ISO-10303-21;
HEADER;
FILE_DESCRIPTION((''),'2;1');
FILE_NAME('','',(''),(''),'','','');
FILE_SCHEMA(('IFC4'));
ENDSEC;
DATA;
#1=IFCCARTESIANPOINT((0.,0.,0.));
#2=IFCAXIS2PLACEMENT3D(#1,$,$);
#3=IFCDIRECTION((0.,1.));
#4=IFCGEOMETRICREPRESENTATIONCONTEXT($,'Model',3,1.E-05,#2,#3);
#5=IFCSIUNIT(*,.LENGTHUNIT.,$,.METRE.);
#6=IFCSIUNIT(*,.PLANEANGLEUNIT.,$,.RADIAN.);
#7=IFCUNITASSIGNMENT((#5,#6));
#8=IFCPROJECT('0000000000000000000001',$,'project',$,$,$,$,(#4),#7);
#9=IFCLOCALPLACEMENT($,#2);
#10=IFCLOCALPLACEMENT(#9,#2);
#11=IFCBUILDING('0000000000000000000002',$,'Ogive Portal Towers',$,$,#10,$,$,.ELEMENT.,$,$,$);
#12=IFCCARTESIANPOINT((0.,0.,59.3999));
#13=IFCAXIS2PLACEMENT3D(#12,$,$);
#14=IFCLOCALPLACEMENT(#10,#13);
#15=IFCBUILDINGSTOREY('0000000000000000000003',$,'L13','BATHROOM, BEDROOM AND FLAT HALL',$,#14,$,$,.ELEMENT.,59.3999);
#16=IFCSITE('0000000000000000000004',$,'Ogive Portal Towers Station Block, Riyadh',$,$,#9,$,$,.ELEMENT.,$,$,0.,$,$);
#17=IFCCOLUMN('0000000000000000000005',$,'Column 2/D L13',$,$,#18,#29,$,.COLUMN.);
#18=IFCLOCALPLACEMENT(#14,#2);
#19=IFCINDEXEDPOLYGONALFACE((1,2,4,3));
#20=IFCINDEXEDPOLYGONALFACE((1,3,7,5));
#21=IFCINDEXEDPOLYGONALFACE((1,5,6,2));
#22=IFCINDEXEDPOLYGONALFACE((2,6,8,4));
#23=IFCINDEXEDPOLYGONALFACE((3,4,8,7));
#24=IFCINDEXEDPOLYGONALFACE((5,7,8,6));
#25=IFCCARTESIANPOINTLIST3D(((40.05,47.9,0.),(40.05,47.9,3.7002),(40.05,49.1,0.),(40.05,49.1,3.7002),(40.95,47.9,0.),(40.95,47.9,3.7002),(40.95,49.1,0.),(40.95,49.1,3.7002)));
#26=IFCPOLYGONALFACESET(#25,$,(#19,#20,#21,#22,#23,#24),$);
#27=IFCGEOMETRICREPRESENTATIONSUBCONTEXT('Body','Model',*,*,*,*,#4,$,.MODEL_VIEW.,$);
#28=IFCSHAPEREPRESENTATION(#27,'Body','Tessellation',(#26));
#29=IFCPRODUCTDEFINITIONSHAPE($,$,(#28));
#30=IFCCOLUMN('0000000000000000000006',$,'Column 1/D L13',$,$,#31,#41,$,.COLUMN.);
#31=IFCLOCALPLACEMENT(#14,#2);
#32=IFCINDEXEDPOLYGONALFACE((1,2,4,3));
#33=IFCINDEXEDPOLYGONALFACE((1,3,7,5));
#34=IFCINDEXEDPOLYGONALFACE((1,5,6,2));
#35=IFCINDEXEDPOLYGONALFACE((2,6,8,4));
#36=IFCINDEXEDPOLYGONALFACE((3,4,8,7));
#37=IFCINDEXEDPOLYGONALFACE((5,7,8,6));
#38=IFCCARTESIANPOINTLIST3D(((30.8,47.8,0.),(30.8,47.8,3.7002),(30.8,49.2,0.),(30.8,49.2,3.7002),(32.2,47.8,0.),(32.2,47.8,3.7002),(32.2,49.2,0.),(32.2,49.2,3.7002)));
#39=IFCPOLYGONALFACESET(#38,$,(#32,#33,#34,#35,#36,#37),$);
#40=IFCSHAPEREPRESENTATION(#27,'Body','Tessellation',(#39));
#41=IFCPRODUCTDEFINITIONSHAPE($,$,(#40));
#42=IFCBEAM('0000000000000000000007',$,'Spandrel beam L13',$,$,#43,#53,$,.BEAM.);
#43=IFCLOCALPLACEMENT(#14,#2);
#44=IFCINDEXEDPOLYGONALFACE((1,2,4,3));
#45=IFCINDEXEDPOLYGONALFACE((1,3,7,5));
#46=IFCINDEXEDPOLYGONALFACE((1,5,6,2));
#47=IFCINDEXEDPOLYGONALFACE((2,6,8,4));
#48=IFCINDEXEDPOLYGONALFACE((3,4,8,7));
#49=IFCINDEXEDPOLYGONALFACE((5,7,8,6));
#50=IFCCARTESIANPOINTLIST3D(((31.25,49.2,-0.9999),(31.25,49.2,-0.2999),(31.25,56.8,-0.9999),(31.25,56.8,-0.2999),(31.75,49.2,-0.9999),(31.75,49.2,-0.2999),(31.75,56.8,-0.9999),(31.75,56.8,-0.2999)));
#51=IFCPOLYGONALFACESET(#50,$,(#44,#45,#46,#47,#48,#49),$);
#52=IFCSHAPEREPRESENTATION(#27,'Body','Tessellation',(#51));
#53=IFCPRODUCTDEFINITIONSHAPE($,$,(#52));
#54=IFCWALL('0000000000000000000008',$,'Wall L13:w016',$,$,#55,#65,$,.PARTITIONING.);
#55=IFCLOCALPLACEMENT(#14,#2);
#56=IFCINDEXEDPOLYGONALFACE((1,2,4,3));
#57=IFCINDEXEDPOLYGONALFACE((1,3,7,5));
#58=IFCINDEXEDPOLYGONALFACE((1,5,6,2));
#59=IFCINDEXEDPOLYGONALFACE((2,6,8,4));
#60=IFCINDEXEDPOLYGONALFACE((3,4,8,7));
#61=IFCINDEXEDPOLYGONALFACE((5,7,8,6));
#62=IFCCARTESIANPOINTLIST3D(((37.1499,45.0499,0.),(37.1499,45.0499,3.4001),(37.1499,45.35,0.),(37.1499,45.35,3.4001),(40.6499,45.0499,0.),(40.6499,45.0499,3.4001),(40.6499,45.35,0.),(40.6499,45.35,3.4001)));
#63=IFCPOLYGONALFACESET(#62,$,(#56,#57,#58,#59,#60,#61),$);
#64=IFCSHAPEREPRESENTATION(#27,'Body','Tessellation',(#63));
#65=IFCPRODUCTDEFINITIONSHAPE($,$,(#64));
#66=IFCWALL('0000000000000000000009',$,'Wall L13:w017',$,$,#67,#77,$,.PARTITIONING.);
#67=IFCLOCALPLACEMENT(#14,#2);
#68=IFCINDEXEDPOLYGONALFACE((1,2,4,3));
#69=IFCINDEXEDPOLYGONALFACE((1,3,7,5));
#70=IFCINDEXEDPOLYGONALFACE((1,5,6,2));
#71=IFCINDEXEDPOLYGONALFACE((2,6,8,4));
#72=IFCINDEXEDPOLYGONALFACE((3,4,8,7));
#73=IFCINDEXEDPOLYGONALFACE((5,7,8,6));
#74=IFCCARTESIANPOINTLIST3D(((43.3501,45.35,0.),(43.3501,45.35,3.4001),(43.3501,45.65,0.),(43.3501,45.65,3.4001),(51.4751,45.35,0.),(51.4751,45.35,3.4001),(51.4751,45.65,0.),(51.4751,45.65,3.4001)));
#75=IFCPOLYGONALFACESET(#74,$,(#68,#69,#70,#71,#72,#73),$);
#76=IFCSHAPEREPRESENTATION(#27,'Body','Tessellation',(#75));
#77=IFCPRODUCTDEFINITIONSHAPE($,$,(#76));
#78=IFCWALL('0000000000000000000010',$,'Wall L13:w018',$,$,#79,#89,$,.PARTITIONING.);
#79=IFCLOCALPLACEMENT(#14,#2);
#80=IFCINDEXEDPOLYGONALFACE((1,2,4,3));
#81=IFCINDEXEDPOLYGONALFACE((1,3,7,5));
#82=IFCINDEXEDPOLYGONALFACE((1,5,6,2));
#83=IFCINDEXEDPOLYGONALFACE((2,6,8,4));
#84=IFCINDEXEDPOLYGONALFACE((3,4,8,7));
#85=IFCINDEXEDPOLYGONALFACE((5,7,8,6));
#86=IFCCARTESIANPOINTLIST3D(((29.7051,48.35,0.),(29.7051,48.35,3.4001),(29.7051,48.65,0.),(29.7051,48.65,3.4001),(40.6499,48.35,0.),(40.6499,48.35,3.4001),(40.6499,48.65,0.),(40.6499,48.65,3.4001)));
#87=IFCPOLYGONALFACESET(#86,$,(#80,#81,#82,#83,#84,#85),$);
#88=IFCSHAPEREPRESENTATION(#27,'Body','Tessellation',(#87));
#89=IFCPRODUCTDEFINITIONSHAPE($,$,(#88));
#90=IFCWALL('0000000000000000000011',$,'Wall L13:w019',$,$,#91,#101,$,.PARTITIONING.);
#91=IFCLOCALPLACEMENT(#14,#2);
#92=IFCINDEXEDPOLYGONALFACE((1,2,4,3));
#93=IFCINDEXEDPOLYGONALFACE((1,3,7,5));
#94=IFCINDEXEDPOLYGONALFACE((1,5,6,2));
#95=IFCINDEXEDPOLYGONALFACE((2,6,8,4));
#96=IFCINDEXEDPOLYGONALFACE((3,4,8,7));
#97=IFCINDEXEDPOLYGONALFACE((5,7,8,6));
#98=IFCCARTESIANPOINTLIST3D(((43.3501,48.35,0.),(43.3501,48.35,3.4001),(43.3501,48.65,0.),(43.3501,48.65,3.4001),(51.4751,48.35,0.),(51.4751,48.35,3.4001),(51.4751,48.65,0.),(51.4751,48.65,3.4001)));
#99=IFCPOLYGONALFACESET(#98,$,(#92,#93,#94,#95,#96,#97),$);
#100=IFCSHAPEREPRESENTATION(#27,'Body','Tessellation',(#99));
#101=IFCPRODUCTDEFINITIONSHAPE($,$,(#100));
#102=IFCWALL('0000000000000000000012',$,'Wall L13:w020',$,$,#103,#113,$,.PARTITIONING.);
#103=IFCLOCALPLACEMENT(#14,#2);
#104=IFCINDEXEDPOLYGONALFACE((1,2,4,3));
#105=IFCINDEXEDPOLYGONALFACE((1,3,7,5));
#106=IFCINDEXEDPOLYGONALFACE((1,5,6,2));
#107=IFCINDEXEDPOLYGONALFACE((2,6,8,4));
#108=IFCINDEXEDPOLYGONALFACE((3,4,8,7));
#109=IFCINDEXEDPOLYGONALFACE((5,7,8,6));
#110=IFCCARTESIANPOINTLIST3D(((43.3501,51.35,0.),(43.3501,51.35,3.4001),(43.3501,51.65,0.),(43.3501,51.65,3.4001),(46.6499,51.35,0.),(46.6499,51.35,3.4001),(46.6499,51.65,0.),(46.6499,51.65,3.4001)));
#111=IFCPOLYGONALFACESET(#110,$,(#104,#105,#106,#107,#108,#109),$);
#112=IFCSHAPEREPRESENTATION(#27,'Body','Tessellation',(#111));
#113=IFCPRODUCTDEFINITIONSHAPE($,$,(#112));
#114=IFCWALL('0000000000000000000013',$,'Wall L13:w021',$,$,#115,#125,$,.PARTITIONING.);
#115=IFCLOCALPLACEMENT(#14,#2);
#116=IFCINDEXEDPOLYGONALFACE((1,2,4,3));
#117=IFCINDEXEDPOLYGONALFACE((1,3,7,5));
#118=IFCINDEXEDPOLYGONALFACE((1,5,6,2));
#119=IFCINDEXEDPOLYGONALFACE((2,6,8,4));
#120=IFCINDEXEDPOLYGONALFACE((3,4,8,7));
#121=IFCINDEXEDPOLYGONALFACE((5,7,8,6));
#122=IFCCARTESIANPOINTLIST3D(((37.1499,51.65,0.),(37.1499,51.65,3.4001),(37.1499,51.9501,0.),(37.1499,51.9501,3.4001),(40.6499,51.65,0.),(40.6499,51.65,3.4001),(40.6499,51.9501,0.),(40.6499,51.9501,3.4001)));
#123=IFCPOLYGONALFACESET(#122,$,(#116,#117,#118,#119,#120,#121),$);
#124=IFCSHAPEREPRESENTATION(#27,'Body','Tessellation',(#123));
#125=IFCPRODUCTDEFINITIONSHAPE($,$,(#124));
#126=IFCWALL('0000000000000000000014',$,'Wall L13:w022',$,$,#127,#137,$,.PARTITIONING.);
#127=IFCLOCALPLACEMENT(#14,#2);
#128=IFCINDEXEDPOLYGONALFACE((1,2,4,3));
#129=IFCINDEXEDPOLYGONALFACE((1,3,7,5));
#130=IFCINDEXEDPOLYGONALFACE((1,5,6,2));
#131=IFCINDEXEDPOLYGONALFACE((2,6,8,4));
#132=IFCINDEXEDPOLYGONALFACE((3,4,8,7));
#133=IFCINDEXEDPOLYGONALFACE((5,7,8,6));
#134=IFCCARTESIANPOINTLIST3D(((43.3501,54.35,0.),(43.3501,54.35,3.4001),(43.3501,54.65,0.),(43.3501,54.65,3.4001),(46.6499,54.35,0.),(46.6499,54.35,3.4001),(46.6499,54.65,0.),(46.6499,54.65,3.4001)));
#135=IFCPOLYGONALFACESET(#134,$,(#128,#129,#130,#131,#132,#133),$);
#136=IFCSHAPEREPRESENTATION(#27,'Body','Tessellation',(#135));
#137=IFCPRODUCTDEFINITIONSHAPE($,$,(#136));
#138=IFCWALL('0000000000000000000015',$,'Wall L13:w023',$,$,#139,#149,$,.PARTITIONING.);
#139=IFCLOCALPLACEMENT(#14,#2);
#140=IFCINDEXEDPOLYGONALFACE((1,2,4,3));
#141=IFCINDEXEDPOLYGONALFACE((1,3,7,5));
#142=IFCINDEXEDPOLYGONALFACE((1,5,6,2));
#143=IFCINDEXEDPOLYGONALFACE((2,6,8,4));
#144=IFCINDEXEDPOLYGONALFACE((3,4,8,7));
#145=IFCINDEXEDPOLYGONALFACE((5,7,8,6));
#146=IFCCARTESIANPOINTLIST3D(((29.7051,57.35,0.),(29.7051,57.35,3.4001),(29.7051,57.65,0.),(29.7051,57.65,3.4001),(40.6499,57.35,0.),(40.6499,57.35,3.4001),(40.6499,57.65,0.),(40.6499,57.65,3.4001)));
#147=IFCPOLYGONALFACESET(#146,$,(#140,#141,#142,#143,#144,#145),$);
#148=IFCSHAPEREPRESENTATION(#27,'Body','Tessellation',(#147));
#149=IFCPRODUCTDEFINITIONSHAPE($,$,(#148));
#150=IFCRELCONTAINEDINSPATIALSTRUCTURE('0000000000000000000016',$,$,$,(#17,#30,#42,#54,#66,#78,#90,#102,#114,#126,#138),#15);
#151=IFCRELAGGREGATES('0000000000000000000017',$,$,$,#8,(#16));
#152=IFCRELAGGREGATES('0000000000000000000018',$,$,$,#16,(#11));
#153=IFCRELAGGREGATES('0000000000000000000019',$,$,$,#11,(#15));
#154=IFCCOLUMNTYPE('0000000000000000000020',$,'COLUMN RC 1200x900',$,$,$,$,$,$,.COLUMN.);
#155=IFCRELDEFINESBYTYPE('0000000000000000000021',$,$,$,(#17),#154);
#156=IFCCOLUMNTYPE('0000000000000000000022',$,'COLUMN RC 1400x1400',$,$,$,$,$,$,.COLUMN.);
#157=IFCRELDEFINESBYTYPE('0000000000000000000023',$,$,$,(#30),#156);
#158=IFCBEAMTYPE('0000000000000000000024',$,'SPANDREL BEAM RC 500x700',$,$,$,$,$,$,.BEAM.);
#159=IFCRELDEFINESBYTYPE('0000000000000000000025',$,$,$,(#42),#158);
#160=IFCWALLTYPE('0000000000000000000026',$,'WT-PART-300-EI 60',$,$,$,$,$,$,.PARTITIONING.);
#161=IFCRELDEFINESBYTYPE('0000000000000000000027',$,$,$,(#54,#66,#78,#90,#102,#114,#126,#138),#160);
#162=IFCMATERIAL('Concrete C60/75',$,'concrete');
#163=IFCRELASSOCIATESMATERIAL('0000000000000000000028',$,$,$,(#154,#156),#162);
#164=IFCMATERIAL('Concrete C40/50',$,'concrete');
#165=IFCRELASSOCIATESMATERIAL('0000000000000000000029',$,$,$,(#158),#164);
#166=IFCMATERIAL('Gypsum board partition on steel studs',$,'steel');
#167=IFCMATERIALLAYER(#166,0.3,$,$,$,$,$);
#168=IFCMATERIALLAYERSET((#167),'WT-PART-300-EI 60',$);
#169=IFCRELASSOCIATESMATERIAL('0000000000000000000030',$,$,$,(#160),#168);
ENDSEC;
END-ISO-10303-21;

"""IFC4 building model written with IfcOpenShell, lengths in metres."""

from ifc_helpers import new_model, si_unit, direction, frame, frame_2d, origin, origin_2d, place, context, subcontext, project, spatial, rectangle, extrude, material, layer, layer_set, material_profile, profile_set, type_object, element, save


model = new_model("IFC4")

# Units and contexts
model_context = context("Model", 3, precision=1e-05, world=origin(), true_north=direction((0.0, 1.0)))
body_context = subcontext(model_context, "Body", "Model", "MODEL_VIEW")
ifc_project = project(units=[si_unit("LENGTHUNIT", "METRE"), si_unit("PLANEANGLEUNIT", "RADIAN")], contexts=[model_context])

# Site, building, storey
site_placement = place(None, origin())
site = spatial("IfcSite", under=ifc_project, at=site_placement, Name="Ogive Portal Towers Station Block, Riyadh", CompositionType="ELEMENT", RefElevation=0.0)
building_placement = place(site_placement, origin())
building = spatial("IfcBuilding", under=site, at=building_placement, Name="Ogive Portal Towers", CompositionType="ELEMENT")
storey_placement = place(building_placement, frame((0.0, 0.0, 59.3999)))
storey = spatial("IfcBuildingStorey", under=building, at=storey_placement, Name="L13", Description="BATHROOM, BEDROOM AND FLAT HALL", CompositionType="ELEMENT", Elevation=59.3999)

# Columns
ifc_material_1 = material(Name="Concrete C60/75", Category="concrete")
ifc_material_profile_1 = material_profile(ifc_material_1, rectangle(XDim=1.2, YDim=0.8999, at=origin_2d()), Name="RC 1200x900")
ifc_profile_set_1 = profile_set([ifc_material_profile_1], Name="Concrete C60/75")
column_type_1 = type_object("IfcColumnType", Name="COLUMN RC 1200x900", PredefinedType="COLUMN", material=ifc_profile_set_1)
column_1_placement = place(storey_placement, frame((40.5, 48.5, 0.0), z_axis=(0.0, 0.0, 1.0), x_axis=(0.0, 1.0, 0.0)))
element("IfcColumn", 1, at=column_1_placement, inside=storey, type_object=column_type_1, Name="Column 2/D L13", PredefinedType="COLUMN", context=body_context, shape_type="SweptSolid", body=[
    extrude(rectangle(XDim=1.2, YDim=0.8999, at=origin_2d()), origin(), (0.0, 0.0, 1.0), 3.7002),
])
ifc_material_profile_2 = material_profile(ifc_material_1, rectangle(XDim=1.3999, YDim=1.3999, at=origin_2d()), Name="RC 1400x1400")
ifc_profile_set_2 = profile_set([ifc_material_profile_2], Name="Concrete C60/75")
column_type_2 = type_object("IfcColumnType", Name="COLUMN RC 1400x1400", PredefinedType="COLUMN", material=ifc_profile_set_2)
column_2_placement = place(storey_placement, frame((31.5, 48.5, 0.0), z_axis=(0.0, 0.0, 1.0), x_axis=(1.0, 0.0, 0.0)))
element("IfcColumn", 2, at=column_2_placement, inside=storey, type_object=column_type_2, Name="Column 1/D L13", PredefinedType="COLUMN", context=body_context, shape_type="SweptSolid", body=[
    extrude(rectangle(XDim=1.3999, YDim=1.3999, at=origin_2d()), origin(), (0.0, 0.0, 1.0), 3.7002),
])

# Beam
ifc_material_2 = material(Name="Concrete C40/50", Category="concrete")
ifc_material_profile_3 = material_profile(ifc_material_2, rectangle(XDim=0.5, YDim=0.7, at=origin_2d()), Name="RC 500x700")
ifc_profile_set_3 = profile_set([ifc_material_profile_3], Name="Concrete C40/50")
beam_type = type_object("IfcBeamType", Name="SPANDREL BEAM RC 500x700", PredefinedType="BEAM", material=ifc_profile_set_3)
beam_placement = place(storey_placement, frame((31.5, 49.2, -0.6499), z_axis=(0.0, 1.0, 0.0), x_axis=(-1.0, 0.0, 0.0)))
element("IfcBeam", 3, at=beam_placement, inside=storey, type_object=beam_type, Name="Spandrel beam L13", PredefinedType="BEAM", context=body_context, shape_type="SweptSolid", body=[
    extrude(rectangle(XDim=0.5, YDim=0.7, at=origin_2d()), origin(), (0.0, 0.0, 1.0), 7.6001),
])

# Walls
ifc_material_3 = material(Name="Gypsum board partition on steel studs", Category="steel")
ifc_layer_1 = layer(ifc_material_3, 0.3)
ifc_layer_set_1 = layer_set([ifc_layer_1], Name="WT-PART-300-EI 60")
wall_type = type_object("IfcWallType", Name="WT-PART-300-EI 60", PredefinedType="PARTITIONING", material=ifc_layer_set_1)
wall_1_placement = place(storey_placement, frame((37.1499, 45.2, 0.0), z_axis=(0.0, 0.0, 1.0), x_axis=(1.0, 0.0, 0.0)))
element("IfcWall", 4, at=wall_1_placement, inside=storey, type_object=wall_type, Name="Wall L13:w016", PredefinedType="PARTITIONING", context=body_context, shape_type="SweptSolid", body=[
    extrude(rectangle(XDim=3.5, YDim=0.3, at=frame_2d((1.75, 0.0))), origin(), (0.0, 0.0, 1.0), 3.4001),
])
wall_2_placement = place(storey_placement, frame((43.3501, 45.5, 0.0), z_axis=(0.0, 0.0, 1.0), x_axis=(1.0, 0.0, 0.0)))
element("IfcWall", 5, at=wall_2_placement, inside=storey, type_object=wall_type, Name="Wall L13:w017", PredefinedType="PARTITIONING", context=body_context, shape_type="SweptSolid", body=[
    extrude(rectangle(XDim=8.125, YDim=0.3, at=frame_2d((4.0625, 0.0))), origin(), (0.0, 0.0, 1.0), 3.4001),
])
wall_3_placement = place(storey_placement, frame((29.7051, 48.5, 0.0), z_axis=(0.0, 0.0, 1.0), x_axis=(1.0, 0.0, 0.0)))
element("IfcWall", 6, at=wall_3_placement, inside=storey, type_object=wall_type, Name="Wall L13:w018", PredefinedType="PARTITIONING", context=body_context, shape_type="SweptSolid", body=[
    extrude(rectangle(XDim=10.9448, YDim=0.3, at=frame_2d((5.4724, 0.0))), origin(), (0.0, 0.0, 1.0), 3.4001),
])
wall_4_placement = place(storey_placement, frame((43.3501, 48.5, 0.0), z_axis=(0.0, 0.0, 1.0), x_axis=(1.0, 0.0, 0.0)))
element("IfcWall", 7, at=wall_4_placement, inside=storey, type_object=wall_type, Name="Wall L13:w019", PredefinedType="PARTITIONING", context=body_context, shape_type="SweptSolid", body=[
    extrude(rectangle(XDim=8.125, YDim=0.3, at=frame_2d((4.0625, 0.0))), origin(), (0.0, 0.0, 1.0), 3.4001),
])
wall_5_placement = place(storey_placement, frame((43.3501, 51.5, 0.0), z_axis=(0.0, 0.0, 1.0), x_axis=(1.0, 0.0, 0.0)))
element("IfcWall", 8, at=wall_5_placement, inside=storey, type_object=wall_type, Name="Wall L13:w020", PredefinedType="PARTITIONING", context=body_context, shape_type="SweptSolid", body=[
    extrude(rectangle(XDim=3.2998, YDim=0.3, at=frame_2d((1.6499, 0.0))), origin(), (0.0, 0.0, 1.0), 3.4001),
])
wall_6_placement = place(storey_placement, frame((37.1499, 51.8, 0.0), z_axis=(0.0, 0.0, 1.0), x_axis=(1.0, 0.0, 0.0)))
element("IfcWall", 9, at=wall_6_placement, inside=storey, type_object=wall_type, Name="Wall L13:w021", PredefinedType="PARTITIONING", context=body_context, shape_type="SweptSolid", body=[
    extrude(rectangle(XDim=3.5, YDim=0.3, at=frame_2d((1.75, 0.0))), origin(), (0.0, 0.0, 1.0), 3.4001),
])
wall_7_placement = place(storey_placement, frame((43.3501, 54.5, 0.0), z_axis=(0.0, 0.0, 1.0), x_axis=(1.0, 0.0, 0.0)))
element("IfcWall", 10, at=wall_7_placement, inside=storey, type_object=wall_type, Name="Wall L13:w022", PredefinedType="PARTITIONING", context=body_context, shape_type="SweptSolid", body=[
    extrude(rectangle(XDim=3.2998, YDim=0.3, at=frame_2d((1.6499, 0.0))), origin(), (0.0, 0.0, 1.0), 3.4001),
])
wall_8_placement = place(storey_placement, frame((29.7051, 57.5, 0.0), z_axis=(0.0, 0.0, 1.0), x_axis=(1.0, 0.0, 0.0)))
element("IfcWall", 11, at=wall_8_placement, inside=storey, type_object=wall_type, Name="Wall L13:w023", PredefinedType="PARTITIONING", context=body_context, shape_type="SweptSolid", body=[
    extrude(rectangle(XDim=10.9448, YDim=0.3, at=frame_2d((5.4724, 0.0))), origin(), (0.0, 0.0, 1.0), 3.4001),
])

save(model, "model.ifc")
